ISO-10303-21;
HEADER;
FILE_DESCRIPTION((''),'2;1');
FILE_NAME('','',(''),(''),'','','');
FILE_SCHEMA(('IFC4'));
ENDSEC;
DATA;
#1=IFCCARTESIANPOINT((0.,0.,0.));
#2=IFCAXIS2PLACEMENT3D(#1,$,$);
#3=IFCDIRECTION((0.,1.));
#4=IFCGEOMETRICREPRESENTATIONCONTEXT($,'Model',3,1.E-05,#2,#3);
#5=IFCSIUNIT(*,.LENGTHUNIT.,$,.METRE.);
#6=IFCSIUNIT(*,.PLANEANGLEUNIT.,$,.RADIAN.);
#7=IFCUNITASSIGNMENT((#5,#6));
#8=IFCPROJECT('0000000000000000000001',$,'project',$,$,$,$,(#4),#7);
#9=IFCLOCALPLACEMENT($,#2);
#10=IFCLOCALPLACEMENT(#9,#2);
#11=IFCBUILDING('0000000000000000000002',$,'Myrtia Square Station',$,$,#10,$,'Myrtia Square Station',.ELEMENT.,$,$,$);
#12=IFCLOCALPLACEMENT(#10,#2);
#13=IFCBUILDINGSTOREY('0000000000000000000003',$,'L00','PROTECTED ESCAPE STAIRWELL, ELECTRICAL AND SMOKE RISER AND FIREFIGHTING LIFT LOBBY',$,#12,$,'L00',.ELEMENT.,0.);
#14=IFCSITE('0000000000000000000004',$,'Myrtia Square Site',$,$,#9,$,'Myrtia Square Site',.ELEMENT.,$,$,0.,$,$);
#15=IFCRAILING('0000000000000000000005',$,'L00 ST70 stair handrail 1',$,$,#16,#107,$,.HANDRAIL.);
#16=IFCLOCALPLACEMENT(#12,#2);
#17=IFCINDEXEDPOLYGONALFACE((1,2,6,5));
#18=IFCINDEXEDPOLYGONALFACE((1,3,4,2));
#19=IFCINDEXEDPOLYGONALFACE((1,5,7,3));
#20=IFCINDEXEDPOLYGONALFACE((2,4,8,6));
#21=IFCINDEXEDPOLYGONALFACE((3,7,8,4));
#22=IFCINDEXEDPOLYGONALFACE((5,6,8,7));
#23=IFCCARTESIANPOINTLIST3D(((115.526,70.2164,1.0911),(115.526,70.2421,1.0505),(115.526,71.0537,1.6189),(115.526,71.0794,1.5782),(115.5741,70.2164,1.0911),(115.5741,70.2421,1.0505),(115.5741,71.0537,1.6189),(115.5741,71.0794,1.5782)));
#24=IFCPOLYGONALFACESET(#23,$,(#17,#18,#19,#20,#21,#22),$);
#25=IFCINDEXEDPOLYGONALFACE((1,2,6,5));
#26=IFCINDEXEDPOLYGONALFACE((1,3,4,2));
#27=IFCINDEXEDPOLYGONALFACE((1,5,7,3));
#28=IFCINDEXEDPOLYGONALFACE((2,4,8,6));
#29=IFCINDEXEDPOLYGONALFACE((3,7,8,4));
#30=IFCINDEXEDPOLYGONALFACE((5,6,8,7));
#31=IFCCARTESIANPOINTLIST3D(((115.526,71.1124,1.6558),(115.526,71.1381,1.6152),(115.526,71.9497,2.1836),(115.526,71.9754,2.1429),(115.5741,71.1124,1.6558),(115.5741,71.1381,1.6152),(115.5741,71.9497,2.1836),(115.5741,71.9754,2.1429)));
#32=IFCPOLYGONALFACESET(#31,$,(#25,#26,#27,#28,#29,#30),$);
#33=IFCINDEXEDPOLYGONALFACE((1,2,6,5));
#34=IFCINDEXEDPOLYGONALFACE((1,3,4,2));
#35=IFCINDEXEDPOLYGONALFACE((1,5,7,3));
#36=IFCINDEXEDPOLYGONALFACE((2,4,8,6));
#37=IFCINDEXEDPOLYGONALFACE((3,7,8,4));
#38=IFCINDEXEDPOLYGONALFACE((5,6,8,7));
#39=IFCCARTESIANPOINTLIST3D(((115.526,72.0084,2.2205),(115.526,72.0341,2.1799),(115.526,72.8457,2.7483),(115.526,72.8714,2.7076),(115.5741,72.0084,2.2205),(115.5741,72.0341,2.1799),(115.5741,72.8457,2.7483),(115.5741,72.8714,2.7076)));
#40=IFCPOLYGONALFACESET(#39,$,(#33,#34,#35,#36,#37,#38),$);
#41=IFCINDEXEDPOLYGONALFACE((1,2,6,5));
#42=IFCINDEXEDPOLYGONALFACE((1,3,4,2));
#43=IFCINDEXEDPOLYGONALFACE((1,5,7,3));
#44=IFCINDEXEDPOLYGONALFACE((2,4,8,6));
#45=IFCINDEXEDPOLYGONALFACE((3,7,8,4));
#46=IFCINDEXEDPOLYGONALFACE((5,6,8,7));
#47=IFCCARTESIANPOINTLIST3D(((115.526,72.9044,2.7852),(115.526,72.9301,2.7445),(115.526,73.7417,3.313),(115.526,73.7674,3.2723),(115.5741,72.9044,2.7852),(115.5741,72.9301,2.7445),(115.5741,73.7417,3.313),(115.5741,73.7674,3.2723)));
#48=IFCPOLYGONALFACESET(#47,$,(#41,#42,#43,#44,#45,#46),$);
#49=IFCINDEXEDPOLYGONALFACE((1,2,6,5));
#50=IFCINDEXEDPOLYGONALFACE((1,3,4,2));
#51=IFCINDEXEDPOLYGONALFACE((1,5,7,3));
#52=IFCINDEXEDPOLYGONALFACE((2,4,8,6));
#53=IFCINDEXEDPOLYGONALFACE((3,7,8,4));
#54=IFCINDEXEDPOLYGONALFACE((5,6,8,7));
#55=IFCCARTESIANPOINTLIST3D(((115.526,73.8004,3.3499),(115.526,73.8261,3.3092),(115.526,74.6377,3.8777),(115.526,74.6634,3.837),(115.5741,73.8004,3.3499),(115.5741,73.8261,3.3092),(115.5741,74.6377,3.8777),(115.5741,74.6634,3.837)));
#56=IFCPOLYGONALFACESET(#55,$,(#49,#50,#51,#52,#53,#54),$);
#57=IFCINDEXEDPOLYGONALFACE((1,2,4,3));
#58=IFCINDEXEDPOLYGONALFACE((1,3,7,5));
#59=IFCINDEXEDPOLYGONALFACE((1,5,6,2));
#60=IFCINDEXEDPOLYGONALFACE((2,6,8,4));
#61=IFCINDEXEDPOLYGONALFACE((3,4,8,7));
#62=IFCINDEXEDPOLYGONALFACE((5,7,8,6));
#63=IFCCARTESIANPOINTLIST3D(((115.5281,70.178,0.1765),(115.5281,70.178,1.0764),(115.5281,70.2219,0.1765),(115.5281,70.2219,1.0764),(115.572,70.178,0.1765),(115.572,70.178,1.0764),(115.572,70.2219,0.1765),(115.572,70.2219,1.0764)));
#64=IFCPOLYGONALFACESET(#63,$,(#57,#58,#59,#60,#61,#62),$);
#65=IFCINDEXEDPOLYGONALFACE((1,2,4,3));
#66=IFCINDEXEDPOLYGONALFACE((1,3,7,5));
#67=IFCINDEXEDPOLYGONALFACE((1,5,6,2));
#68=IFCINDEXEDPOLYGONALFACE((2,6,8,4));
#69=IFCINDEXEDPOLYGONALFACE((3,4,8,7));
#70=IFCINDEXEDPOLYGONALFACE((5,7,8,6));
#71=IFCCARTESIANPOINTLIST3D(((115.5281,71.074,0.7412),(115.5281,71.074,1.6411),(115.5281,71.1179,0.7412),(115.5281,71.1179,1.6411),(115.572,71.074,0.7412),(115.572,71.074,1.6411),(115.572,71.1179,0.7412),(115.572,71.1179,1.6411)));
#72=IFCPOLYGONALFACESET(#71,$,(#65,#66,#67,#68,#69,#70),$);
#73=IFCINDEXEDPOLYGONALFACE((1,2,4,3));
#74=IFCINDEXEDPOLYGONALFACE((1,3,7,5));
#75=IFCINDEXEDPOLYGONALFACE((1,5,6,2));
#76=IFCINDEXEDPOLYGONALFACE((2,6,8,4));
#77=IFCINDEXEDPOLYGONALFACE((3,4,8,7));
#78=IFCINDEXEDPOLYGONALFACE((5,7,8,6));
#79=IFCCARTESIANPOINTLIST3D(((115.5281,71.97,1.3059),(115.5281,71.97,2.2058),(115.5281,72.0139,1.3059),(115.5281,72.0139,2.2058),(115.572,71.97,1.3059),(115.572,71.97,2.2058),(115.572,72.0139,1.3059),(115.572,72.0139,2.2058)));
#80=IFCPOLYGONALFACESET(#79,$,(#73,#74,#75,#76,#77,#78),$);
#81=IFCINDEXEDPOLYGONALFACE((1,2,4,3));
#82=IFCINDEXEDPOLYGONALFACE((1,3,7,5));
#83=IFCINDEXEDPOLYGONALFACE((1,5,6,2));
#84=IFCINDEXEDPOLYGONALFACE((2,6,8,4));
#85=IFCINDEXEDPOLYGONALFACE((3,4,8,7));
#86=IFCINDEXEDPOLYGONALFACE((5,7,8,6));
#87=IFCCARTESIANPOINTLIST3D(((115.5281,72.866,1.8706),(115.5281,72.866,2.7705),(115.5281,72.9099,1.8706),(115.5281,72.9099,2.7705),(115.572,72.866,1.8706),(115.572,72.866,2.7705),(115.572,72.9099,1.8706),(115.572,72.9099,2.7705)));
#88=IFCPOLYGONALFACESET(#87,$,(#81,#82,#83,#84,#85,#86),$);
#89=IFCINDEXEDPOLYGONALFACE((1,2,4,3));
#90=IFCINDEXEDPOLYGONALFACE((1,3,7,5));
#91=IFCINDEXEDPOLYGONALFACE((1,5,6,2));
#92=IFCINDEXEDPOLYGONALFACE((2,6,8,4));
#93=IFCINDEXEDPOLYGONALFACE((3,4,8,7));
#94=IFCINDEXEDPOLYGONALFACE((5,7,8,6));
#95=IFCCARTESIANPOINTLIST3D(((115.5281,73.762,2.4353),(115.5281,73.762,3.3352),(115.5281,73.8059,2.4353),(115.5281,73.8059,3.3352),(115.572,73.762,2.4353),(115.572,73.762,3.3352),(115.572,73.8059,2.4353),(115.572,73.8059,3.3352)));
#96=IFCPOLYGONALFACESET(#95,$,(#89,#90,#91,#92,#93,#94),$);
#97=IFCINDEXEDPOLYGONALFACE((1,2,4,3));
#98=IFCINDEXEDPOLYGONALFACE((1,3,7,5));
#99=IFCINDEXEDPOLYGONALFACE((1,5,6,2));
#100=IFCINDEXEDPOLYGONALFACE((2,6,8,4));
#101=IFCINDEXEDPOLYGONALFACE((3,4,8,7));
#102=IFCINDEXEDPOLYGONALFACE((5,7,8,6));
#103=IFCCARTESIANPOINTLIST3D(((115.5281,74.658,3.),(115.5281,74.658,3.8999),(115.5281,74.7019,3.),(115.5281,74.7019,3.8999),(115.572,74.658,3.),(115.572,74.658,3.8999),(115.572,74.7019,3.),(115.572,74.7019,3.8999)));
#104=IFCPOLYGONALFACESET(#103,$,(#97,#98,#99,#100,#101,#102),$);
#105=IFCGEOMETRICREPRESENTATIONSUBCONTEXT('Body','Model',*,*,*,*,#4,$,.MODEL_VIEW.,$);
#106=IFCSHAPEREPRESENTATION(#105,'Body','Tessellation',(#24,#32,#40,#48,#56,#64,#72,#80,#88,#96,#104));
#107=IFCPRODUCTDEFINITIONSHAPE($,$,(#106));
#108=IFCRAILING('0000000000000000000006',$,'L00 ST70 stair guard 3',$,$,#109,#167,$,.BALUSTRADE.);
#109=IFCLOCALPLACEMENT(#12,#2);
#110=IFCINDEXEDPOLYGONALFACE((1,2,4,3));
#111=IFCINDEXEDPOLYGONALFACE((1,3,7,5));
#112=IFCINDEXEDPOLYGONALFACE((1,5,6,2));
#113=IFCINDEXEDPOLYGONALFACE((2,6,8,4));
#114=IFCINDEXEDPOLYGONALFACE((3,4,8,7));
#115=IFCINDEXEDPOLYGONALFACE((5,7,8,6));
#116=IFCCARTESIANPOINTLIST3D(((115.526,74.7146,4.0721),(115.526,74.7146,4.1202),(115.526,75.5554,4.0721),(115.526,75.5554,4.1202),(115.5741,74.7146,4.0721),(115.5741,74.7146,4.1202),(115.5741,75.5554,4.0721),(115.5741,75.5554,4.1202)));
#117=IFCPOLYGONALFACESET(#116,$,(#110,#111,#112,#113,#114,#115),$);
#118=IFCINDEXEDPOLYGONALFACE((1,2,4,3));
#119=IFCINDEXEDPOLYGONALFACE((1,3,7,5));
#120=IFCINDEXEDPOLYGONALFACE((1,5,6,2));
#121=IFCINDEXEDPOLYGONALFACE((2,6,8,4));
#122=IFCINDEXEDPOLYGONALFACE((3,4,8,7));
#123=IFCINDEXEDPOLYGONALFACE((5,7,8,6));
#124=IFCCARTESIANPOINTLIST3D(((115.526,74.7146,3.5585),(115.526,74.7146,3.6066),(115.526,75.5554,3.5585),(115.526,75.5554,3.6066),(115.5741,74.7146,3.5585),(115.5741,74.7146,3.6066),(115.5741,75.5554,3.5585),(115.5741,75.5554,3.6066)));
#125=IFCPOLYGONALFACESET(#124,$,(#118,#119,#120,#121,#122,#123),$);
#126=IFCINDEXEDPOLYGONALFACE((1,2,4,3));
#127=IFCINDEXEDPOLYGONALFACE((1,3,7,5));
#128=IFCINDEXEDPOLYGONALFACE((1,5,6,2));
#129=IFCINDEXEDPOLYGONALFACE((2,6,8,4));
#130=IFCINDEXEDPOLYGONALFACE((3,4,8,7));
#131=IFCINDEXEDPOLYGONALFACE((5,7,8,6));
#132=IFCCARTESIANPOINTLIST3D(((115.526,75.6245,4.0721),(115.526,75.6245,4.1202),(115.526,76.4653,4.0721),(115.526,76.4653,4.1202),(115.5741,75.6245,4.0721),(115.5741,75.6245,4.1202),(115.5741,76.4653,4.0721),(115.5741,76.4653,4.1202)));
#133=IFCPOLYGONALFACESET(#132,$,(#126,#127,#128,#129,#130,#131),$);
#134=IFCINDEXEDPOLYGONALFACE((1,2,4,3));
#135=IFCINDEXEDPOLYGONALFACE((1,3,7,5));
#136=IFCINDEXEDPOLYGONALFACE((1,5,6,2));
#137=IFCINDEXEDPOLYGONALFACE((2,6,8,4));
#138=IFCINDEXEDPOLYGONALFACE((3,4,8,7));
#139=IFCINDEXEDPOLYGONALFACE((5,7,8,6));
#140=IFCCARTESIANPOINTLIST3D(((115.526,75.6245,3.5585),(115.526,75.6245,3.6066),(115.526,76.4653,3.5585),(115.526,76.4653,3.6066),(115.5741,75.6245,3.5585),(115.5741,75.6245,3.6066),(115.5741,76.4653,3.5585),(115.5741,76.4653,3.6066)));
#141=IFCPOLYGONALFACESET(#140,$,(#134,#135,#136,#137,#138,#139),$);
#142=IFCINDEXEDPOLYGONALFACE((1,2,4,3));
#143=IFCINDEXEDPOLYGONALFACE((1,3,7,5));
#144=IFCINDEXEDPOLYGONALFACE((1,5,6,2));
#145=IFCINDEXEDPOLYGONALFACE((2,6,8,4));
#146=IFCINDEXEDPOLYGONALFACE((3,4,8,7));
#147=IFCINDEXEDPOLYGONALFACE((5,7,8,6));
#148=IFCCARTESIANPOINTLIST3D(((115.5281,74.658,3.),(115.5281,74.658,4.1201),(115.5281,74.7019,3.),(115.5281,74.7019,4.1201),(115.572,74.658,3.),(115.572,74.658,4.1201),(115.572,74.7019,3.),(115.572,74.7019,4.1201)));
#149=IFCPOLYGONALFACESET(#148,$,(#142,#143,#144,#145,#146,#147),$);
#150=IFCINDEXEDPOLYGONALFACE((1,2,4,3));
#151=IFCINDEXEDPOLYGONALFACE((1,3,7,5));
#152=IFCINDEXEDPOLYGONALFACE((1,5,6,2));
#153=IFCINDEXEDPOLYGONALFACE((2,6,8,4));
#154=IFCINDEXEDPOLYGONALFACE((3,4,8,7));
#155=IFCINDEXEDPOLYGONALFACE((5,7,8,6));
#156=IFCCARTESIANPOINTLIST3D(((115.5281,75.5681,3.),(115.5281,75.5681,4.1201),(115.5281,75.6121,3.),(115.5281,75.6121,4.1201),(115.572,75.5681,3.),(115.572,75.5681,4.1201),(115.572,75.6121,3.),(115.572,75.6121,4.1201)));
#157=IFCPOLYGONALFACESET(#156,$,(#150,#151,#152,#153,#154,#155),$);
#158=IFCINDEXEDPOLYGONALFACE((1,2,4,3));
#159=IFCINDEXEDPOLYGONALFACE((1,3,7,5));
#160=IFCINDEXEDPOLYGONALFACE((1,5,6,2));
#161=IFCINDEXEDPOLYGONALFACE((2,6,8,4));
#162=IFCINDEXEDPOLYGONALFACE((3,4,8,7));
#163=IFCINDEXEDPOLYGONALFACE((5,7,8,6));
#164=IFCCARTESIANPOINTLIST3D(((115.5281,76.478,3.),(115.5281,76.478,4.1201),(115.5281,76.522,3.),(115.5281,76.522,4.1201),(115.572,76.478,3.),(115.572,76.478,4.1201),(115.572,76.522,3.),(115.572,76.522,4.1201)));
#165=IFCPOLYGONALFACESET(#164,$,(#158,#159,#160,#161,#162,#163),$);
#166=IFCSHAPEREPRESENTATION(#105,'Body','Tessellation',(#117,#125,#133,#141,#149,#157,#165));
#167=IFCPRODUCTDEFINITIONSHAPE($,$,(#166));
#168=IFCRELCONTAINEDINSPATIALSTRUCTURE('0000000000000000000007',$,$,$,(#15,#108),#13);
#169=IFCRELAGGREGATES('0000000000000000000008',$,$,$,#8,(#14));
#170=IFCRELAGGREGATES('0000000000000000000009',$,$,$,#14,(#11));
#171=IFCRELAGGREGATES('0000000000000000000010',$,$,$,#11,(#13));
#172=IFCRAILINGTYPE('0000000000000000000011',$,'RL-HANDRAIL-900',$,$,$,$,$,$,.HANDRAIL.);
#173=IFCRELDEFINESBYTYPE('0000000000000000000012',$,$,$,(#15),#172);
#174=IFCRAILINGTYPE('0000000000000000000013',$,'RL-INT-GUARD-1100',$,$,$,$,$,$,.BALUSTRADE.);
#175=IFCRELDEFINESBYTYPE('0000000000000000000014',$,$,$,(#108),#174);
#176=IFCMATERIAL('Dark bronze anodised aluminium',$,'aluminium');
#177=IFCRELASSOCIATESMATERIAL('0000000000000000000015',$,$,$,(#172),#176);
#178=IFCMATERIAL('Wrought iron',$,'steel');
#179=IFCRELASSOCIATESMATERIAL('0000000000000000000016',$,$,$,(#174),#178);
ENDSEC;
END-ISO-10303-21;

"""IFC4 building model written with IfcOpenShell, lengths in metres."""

from ifc_helpers import new_model, si_unit, direction, frame, origin, origin_2d, place, context, subcontext, project, spatial, rectangle, extrude, material, type_object, element, save


model = new_model("IFC4")

# Units and contexts
model_context = context("Model", 3, precision=1e-05, world=origin(), true_north=direction((0.0, 1.0)))
body_context = subcontext(model_context, "Body", "Model", "MODEL_VIEW")
ifc_project = project(units=[si_unit("LENGTHUNIT", "METRE"), si_unit("PLANEANGLEUNIT", "RADIAN")], contexts=[model_context])

# Site, building, storey
site_placement = place(None, origin())
site = spatial("IfcSite", under=ifc_project, at=site_placement, Name="Myrtia Square Site", LongName="Myrtia Square Site", CompositionType="ELEMENT", RefElevation=0.0)
building_placement = place(site_placement, origin())
building = spatial("IfcBuilding", under=site, at=building_placement, Name="Myrtia Square Station", LongName="Myrtia Square Station", CompositionType="ELEMENT")
storey_placement = place(building_placement, origin())
storey = spatial("IfcBuildingStorey", under=building, at=storey_placement, Name="L00", Description="PROTECTED ESCAPE STAIRWELL, ELECTRICAL AND SMOKE RISER AND FIREFIGHTING LIFT LOBBY", LongName="L00", CompositionType="ELEMENT", Elevation=0.0)

# Railings
ifc_material_1 = material(Name="Dark bronze anodised aluminium", Category="aluminium")
railing_type_1 = type_object("IfcRailingType", Name="RL-HANDRAIL-900", PredefinedType="HANDRAIL", material=ifc_material_1)
railing_1_placement = place(storey_placement, frame((115.55, 70.2, 0.1765)))
element("IfcRailing", 1, at=railing_1_placement, inside=storey, type_object=railing_type_1, Name="L00 ST70 stair handrail 1", PredefinedType="HANDRAIL", context=body_context, shape_type="SweptSolid", body=[
    extrude(rectangle(XDim=0.0481, YDim=0.0481, at=origin_2d()), frame((0.0, 0.0293, 0.8943), z_axis=(0.0, 0.845998, 0.533186), x_axis=(-1.0, 0.0, 0.0)), (0.0, 0.0, 1.0), 0.9897),
    extrude(rectangle(XDim=0.0481, YDim=0.0481, at=origin_2d()), frame((0.0, 0.9253, 1.459), z_axis=(0.0, 0.845998, 0.533186), x_axis=(-1.0, 0.0, 0.0)), (0.0, 0.0, 1.0), 0.9897),
    extrude(rectangle(XDim=0.0481, YDim=0.0481, at=origin_2d()), frame((0.0, 1.8213, 2.0237), z_axis=(0.0, 0.845998, 0.533186), x_axis=(-1.0, 0.0, 0.0)), (0.0, 0.0, 1.0), 0.9897),
    extrude(rectangle(XDim=0.0481, YDim=0.0481, at=origin_2d()), frame((0.0, 2.7173, 2.5884), z_axis=(0.0, 0.845998, 0.533186), x_axis=(-1.0, 0.0, 0.0)), (0.0, 0.0, 1.0), 0.9897),
    extrude(rectangle(XDim=0.0481, YDim=0.0481, at=origin_2d()), frame((0.0, 3.6133, 3.1531), z_axis=(0.0, 0.845998, 0.533186), x_axis=(-1.0, 0.0, 0.0)), (0.0, 0.0, 1.0), 0.9897),
    extrude(rectangle(XDim=0.0439, YDim=0.0439, at=origin_2d()), origin(), (0.0, 0.0, 1.0), 0.8999),
    extrude(rectangle(XDim=0.0439, YDim=0.0439, at=origin_2d()), frame((0.0, 0.896, 0.5647)), (0.0, 0.0, 1.0), 0.8999),
    extrude(rectangle(XDim=0.0439, YDim=0.0439, at=origin_2d()), frame((0.0, 1.792, 1.1294)), (0.0, 0.0, 1.0), 0.8999),
    extrude(rectangle(XDim=0.0439, YDim=0.0439, at=origin_2d()), frame((0.0, 2.688, 1.6941)), (0.0, 0.0, 1.0), 0.8999),
    extrude(rectangle(XDim=0.0439, YDim=0.0439, at=origin_2d()), frame((0.0, 3.584, 2.2588)), (0.0, 0.0, 1.0), 0.8999),
    extrude(rectangle(XDim=0.0439, YDim=0.0439, at=origin_2d()), frame((0.0, 4.48, 2.8235)), (0.0, 0.0, 1.0), 0.8999),
])
ifc_material_2 = material(Name="Wrought iron", Category="steel")
railing_type_2 = type_object("IfcRailingType", Name="RL-INT-GUARD-1100", PredefinedType="BALUSTRADE", material=ifc_material_2)
railing_2_placement = place(storey_placement, frame((115.55, 74.6799, 3.0)))
element("IfcRailing", 2, at=railing_2_placement, inside=storey, type_object=railing_type_2, Name="L00 ST70 stair guard 3", PredefinedType="BALUSTRADE", context=body_context, shape_type="SweptSolid", body=[
    extrude(rectangle(XDim=0.0481, YDim=0.0481, at=origin_2d()), frame((0.0, 0.0347, 1.0962), z_axis=(0.0, 1.0, 0.0), x_axis=(-1.0, 0.0, 0.0)), (0.0, 0.0, 1.0), 0.8408),
    extrude(rectangle(XDim=0.0481, YDim=0.0481, at=origin_2d()), frame((0.0, 0.0347, 0.5825), z_axis=(0.0, 1.0, 0.0), x_axis=(-1.0, 0.0, 0.0)), (0.0, 0.0, 1.0), 0.8408),
    extrude(rectangle(XDim=0.0481, YDim=0.0481, at=origin_2d()), frame((0.0, 0.9446, 1.0962), z_axis=(0.0, 1.0, 0.0), x_axis=(-1.0, 0.0, 0.0)), (0.0, 0.0, 1.0), 0.8408),
    extrude(rectangle(XDim=0.0481, YDim=0.0481, at=origin_2d()), frame((0.0, 0.9446, 0.5825), z_axis=(0.0, 1.0, 0.0), x_axis=(-1.0, 0.0, 0.0)), (0.0, 0.0, 1.0), 0.8408),
    extrude(rectangle(XDim=0.0439, YDim=0.0439, at=origin_2d()), origin(), (0.0, 0.0, 1.0), 1.1201),
    extrude(rectangle(XDim=0.0439, YDim=0.0439, at=origin_2d()), frame((0.0, 0.9102, 0.0)), (0.0, 0.0, 1.0), 1.1201),
    extrude(rectangle(XDim=0.0439, YDim=0.0439, at=origin_2d()), frame((0.0, 1.8201, 0.0)), (0.0, 0.0, 1.0), 1.1201),
])

save(model, "model.ifc")
